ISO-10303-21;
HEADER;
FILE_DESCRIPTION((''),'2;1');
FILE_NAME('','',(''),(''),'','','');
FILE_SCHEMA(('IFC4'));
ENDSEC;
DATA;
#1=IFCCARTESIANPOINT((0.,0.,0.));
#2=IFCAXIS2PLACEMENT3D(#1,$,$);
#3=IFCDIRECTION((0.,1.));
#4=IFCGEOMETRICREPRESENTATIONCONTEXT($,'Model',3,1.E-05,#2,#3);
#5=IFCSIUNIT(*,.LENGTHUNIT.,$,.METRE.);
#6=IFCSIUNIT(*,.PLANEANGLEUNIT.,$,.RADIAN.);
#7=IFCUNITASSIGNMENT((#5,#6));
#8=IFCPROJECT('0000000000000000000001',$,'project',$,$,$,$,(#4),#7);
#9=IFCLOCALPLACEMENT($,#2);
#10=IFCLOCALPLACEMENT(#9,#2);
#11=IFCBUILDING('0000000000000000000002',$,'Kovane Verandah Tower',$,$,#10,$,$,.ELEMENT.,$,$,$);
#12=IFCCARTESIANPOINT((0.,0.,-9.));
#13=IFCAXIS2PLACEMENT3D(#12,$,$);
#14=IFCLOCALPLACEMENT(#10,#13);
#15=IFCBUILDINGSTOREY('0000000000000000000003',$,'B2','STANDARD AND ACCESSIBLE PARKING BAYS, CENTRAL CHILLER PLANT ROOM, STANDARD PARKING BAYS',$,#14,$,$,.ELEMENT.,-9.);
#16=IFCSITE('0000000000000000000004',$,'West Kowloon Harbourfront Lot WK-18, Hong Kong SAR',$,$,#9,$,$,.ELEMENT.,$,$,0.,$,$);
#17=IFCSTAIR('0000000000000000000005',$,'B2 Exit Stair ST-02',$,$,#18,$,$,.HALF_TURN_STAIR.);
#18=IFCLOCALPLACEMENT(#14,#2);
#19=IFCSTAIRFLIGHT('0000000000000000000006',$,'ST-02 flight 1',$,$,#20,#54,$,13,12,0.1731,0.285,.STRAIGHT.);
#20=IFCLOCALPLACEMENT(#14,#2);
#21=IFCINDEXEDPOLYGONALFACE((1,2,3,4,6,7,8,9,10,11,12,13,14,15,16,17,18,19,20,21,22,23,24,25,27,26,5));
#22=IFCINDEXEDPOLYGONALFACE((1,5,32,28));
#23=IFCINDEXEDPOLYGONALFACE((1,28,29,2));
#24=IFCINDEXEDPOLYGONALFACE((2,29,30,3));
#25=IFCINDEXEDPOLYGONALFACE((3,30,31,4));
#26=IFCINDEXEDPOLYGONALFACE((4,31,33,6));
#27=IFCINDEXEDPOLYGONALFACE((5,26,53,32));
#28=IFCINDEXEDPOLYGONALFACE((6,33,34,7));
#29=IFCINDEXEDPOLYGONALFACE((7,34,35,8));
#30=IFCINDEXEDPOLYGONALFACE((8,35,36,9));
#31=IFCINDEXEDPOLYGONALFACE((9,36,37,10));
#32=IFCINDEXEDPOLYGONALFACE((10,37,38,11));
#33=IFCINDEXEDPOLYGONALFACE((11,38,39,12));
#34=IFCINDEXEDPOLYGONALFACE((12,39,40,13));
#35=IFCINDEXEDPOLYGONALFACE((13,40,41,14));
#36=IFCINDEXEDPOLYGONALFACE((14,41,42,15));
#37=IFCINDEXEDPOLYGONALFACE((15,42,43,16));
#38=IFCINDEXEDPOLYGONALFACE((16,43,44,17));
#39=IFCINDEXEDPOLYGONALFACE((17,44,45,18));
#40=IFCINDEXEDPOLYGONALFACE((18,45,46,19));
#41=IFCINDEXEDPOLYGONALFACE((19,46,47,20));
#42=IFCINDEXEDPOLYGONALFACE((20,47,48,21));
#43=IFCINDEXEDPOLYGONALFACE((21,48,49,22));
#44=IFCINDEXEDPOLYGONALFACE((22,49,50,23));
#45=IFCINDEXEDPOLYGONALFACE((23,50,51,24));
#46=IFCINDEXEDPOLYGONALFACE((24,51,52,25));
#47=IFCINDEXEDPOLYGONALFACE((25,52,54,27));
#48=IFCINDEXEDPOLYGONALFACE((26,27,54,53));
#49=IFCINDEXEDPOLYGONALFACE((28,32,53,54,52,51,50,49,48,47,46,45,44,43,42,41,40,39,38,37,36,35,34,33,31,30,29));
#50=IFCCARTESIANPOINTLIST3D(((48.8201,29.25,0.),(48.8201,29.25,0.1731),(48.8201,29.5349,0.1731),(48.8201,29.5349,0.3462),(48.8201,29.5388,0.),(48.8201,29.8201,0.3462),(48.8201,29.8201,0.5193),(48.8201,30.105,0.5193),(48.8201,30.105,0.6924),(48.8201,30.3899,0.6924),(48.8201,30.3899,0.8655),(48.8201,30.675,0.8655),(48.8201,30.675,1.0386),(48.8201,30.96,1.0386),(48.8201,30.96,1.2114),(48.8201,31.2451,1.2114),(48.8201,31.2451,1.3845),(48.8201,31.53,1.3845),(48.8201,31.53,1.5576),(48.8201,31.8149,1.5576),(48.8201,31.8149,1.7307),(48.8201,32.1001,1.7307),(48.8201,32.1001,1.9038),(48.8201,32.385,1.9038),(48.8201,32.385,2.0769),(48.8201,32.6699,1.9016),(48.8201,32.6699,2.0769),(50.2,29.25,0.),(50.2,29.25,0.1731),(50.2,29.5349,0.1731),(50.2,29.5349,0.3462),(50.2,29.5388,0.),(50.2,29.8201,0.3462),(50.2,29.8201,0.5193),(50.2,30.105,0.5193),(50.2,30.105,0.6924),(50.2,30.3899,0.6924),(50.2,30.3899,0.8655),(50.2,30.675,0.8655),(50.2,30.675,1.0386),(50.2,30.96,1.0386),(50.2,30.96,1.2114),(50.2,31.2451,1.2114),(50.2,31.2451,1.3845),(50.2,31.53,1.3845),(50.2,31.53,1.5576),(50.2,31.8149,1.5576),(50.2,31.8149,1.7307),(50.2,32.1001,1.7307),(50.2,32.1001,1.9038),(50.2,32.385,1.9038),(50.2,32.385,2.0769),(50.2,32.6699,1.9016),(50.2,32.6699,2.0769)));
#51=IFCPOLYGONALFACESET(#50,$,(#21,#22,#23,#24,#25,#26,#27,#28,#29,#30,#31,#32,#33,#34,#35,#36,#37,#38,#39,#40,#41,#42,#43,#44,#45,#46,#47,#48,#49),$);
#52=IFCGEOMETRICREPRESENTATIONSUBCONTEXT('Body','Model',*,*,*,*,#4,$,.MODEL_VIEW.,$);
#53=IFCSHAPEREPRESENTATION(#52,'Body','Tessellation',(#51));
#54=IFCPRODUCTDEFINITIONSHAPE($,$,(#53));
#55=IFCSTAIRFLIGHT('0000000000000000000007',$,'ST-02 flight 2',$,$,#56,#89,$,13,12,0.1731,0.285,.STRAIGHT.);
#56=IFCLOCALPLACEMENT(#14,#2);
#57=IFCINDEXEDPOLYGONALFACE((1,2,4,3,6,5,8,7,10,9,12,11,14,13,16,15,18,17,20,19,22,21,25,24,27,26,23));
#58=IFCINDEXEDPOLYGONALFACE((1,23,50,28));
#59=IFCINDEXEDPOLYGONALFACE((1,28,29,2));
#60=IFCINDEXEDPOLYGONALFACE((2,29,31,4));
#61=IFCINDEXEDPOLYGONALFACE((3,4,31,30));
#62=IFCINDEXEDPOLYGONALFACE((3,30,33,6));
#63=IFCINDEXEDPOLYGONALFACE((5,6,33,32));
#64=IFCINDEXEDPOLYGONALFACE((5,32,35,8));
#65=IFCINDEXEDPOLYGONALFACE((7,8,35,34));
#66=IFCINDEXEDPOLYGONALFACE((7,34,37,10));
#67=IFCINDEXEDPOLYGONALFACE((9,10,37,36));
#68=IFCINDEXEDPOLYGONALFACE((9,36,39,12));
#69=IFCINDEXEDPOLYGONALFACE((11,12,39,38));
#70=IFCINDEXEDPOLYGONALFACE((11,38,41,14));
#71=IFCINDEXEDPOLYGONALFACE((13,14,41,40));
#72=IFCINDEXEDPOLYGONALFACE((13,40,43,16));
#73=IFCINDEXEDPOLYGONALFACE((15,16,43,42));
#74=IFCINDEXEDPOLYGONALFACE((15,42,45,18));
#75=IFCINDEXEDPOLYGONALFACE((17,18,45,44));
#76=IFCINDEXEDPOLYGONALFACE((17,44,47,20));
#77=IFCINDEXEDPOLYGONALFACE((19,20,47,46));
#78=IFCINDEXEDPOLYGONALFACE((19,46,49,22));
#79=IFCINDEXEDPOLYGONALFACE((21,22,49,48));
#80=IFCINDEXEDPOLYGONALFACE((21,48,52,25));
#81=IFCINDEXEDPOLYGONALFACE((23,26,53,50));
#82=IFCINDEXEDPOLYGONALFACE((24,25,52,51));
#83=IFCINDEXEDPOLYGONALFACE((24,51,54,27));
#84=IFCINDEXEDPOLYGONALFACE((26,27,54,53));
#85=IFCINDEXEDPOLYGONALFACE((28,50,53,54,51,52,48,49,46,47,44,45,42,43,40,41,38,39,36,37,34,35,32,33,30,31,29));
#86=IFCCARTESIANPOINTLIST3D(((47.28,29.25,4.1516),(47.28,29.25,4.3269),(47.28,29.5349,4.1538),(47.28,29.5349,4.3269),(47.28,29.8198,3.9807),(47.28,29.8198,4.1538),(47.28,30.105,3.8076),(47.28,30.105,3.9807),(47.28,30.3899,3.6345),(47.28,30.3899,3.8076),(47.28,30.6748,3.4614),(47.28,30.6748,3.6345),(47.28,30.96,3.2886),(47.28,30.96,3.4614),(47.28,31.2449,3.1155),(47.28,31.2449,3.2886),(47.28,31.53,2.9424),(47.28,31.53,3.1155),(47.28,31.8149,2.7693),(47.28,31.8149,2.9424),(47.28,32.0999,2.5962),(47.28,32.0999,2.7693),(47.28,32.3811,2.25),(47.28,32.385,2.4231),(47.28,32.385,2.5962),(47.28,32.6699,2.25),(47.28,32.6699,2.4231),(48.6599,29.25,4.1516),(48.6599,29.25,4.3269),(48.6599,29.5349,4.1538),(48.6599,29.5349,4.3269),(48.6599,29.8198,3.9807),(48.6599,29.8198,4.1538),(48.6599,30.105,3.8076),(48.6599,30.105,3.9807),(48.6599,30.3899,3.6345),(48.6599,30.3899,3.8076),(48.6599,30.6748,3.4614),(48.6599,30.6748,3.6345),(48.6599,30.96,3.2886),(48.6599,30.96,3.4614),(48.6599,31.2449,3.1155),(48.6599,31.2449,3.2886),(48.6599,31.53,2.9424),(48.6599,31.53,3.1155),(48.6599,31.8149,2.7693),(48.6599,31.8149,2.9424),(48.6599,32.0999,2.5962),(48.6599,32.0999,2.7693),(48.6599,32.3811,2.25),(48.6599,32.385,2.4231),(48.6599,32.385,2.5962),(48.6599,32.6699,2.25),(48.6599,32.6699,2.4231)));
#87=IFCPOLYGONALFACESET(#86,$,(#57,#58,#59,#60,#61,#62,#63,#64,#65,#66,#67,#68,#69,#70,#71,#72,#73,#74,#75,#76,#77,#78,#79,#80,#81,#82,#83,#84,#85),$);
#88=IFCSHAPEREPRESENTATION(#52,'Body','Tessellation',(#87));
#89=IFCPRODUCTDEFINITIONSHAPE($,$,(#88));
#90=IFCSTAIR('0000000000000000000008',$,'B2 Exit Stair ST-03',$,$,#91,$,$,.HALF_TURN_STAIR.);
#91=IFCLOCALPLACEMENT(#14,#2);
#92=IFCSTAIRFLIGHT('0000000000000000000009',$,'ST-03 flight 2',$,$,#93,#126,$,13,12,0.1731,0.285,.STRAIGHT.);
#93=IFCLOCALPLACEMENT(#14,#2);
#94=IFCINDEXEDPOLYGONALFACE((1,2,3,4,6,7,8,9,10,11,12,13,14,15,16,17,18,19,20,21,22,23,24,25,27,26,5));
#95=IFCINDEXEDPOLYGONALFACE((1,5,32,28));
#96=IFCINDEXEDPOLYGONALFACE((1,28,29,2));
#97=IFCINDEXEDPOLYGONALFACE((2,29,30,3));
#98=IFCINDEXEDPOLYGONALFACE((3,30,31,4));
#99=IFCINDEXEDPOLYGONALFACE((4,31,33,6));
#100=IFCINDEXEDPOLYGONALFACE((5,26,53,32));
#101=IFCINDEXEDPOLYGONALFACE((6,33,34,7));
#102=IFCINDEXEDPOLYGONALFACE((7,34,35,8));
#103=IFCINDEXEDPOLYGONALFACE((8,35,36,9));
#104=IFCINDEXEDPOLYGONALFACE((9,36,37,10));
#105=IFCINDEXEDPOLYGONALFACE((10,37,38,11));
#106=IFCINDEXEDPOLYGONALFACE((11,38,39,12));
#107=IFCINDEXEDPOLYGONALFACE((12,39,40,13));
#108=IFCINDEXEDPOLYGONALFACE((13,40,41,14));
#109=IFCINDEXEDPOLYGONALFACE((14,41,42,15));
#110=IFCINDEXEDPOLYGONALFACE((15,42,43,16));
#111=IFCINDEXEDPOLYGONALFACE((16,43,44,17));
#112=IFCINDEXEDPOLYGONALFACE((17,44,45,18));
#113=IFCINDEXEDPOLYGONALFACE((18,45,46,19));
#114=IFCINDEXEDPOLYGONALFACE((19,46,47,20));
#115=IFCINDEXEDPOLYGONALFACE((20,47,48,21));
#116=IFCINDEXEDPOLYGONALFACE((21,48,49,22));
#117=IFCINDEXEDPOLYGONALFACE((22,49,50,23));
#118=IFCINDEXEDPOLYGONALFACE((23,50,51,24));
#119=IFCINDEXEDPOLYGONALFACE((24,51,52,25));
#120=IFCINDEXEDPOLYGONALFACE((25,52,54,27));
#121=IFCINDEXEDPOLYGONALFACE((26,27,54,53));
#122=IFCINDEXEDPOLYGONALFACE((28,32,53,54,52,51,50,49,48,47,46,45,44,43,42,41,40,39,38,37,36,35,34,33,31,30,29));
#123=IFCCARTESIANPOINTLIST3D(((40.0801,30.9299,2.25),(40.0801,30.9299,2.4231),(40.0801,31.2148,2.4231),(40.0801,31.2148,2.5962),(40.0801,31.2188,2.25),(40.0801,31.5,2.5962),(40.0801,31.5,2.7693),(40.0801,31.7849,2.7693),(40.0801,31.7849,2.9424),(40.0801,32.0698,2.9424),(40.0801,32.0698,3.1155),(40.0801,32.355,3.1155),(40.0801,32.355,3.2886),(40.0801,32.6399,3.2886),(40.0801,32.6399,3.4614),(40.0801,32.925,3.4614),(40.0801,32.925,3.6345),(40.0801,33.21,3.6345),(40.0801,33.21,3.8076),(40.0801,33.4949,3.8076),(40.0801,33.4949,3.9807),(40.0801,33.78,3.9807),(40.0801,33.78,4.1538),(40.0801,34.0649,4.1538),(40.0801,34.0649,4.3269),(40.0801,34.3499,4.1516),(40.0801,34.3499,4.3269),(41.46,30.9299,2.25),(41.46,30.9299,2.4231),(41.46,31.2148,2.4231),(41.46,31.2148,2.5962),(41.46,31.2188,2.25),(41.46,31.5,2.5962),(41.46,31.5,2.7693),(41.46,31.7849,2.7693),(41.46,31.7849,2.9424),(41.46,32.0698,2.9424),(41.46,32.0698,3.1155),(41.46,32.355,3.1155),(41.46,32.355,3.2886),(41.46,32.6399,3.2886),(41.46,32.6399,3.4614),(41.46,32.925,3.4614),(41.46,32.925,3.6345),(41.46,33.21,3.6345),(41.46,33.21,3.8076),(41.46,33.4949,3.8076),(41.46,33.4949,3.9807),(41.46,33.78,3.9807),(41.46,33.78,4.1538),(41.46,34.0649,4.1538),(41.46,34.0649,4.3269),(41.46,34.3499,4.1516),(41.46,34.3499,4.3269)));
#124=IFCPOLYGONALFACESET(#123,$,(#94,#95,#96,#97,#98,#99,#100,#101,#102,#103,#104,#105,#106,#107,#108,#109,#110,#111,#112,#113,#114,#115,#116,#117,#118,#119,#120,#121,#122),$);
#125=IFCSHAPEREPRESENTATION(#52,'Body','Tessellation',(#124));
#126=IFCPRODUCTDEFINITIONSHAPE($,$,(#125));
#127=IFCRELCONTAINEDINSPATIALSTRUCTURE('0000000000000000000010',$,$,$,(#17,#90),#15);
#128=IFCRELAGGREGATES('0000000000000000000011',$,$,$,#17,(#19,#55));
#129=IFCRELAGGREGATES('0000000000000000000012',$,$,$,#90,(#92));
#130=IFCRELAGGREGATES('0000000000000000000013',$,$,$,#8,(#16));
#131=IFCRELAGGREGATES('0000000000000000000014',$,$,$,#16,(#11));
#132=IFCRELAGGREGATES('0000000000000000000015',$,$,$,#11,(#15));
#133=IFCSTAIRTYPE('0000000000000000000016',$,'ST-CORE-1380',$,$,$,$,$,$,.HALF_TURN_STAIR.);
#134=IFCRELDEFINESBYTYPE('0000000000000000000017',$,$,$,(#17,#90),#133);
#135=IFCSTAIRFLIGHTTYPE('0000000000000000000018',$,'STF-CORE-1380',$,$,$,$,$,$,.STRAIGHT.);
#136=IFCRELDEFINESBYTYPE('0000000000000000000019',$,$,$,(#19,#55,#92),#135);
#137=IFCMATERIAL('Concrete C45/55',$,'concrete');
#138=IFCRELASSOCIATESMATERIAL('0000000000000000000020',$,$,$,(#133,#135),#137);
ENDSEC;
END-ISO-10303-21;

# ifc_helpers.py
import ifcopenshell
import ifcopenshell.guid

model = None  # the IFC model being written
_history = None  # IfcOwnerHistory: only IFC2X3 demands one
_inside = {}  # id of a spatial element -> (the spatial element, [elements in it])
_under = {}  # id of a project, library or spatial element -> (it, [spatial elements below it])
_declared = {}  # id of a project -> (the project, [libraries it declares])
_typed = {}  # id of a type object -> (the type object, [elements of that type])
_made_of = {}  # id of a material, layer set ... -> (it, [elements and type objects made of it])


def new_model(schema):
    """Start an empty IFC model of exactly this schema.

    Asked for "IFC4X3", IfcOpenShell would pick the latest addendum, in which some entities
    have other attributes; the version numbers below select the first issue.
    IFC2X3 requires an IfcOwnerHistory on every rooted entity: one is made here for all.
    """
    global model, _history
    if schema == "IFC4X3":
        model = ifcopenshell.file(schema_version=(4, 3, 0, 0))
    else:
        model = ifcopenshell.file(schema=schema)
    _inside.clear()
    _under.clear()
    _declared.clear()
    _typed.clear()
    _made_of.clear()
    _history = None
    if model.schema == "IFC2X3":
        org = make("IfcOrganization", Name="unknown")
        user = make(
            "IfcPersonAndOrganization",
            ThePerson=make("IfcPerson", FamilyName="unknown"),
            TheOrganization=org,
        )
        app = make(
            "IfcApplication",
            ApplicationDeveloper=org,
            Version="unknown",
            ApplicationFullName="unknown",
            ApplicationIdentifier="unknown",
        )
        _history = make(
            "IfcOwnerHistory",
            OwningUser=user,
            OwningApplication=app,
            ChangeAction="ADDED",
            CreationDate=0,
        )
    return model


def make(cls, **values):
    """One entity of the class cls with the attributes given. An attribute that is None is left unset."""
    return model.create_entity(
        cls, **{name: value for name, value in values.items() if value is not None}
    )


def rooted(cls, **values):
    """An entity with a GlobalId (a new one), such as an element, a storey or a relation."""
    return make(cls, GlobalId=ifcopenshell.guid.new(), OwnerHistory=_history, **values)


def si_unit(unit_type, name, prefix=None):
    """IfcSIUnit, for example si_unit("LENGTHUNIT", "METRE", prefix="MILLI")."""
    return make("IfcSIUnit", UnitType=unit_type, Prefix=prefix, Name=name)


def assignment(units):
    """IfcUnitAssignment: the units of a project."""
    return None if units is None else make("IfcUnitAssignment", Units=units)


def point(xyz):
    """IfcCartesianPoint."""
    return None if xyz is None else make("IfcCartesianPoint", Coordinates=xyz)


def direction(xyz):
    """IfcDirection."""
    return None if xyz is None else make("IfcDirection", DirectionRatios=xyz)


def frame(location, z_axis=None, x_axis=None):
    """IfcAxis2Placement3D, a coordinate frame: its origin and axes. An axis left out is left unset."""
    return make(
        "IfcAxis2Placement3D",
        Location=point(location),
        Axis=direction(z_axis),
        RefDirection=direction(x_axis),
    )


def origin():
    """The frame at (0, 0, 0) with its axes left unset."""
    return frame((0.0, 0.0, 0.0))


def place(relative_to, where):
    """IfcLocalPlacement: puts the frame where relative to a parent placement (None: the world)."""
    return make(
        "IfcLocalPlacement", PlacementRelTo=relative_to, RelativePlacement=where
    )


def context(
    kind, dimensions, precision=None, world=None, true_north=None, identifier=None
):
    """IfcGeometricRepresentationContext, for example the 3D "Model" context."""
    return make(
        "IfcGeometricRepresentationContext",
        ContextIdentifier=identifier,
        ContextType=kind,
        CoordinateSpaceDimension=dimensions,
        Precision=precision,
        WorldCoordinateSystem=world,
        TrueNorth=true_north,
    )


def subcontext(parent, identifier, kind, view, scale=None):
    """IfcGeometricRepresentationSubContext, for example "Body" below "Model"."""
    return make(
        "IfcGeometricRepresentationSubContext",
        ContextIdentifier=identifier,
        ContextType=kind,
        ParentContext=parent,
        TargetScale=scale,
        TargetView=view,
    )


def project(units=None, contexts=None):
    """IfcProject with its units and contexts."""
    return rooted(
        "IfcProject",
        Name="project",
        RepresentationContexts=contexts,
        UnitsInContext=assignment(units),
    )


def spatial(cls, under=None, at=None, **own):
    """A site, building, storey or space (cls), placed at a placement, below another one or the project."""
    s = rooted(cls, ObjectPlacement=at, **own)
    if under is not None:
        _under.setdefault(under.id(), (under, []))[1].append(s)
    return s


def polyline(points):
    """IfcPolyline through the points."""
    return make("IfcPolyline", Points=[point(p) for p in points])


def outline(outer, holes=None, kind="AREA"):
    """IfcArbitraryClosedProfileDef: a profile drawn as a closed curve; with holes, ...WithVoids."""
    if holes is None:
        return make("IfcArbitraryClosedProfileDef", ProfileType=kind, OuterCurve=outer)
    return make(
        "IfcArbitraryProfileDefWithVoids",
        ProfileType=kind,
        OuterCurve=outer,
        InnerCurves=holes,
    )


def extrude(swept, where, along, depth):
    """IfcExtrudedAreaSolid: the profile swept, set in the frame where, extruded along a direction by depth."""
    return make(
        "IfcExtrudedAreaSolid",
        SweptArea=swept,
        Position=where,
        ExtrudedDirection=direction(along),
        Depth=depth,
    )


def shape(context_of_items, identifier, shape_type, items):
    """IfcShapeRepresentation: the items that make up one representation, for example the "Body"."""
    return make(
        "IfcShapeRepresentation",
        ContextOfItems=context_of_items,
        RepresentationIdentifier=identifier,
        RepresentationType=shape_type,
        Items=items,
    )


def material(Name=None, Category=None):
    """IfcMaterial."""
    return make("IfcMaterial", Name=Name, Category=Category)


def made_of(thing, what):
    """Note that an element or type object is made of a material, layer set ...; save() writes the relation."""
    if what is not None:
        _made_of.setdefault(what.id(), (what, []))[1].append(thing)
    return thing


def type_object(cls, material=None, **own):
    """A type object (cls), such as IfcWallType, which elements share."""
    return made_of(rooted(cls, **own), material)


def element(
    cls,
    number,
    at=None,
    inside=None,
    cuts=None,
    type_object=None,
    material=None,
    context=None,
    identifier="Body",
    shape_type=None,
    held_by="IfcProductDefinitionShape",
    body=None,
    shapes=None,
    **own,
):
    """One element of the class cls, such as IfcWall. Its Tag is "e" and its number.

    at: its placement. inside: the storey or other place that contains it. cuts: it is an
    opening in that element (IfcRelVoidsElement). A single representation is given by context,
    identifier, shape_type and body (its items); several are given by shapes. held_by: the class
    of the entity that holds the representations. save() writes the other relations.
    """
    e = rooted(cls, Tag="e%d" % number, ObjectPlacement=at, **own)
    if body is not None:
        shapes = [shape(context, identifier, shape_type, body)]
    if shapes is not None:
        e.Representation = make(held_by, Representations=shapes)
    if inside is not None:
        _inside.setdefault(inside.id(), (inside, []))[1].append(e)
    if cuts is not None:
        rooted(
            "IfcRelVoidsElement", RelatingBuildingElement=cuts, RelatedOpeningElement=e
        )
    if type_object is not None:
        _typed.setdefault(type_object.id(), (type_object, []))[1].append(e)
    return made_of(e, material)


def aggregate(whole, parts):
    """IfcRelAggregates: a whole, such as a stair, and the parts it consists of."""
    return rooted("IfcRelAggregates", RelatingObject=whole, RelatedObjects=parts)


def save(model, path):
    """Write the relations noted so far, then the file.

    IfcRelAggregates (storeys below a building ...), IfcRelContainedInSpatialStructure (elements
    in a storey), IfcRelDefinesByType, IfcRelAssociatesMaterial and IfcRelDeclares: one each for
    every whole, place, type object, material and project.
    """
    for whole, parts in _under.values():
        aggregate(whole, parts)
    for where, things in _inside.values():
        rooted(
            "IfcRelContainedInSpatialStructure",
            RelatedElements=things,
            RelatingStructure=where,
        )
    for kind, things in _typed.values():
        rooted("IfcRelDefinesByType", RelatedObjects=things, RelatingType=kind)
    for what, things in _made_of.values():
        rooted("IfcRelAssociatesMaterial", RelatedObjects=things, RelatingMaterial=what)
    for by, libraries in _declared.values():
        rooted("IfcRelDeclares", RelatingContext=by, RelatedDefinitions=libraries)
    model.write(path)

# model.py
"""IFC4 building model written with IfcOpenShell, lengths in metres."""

from ifc_helpers import new_model, si_unit, direction, frame, origin, place, context, subcontext, project, spatial, polyline, outline, extrude, material, type_object, element, aggregate, save


model = new_model("IFC4")

# Units and contexts
model_context = context("Model", 3, precision=1e-05, world=origin(), true_north=direction((0.0, 1.0)))
body_context = subcontext(model_context, "Body", "Model", "MODEL_VIEW")
ifc_project = project(units=[si_unit("LENGTHUNIT", "METRE"), si_unit("PLANEANGLEUNIT", "RADIAN")], contexts=[model_context])

# Site, building, storey
site_placement = place(None, origin())
site = spatial("IfcSite", under=ifc_project, at=site_placement, Name="West Kowloon Harbourfront Lot WK-18, Hong Kong SAR", CompositionType="ELEMENT", RefElevation=0.0)
building_placement = place(site_placement, origin())
building = spatial("IfcBuilding", under=site, at=building_placement, Name="Kovane Verandah Tower", CompositionType="ELEMENT")
storey_placement = place(building_placement, frame((0.0, 0.0, -9.0)))
storey = spatial("IfcBuildingStorey", under=building, at=storey_placement, Name="B2", Description="STANDARD AND ACCESSIBLE PARKING BAYS, CENTRAL CHILLER PLANT ROOM, STANDARD PARKING BAYS", CompositionType="ELEMENT", Elevation=-9.0)

# Shared definitions
ifc_material_1 = material(Name="Concrete C45/55", Category="concrete")

# Stair, stair flights
stair_type = type_object("IfcStairType", Name="ST-CORE-1380", PredefinedType="HALF_TURN_STAIR", material=ifc_material_1)
stair_1_placement = place(storey_placement, origin())
stair_1 = element("IfcStair", 1, at=stair_1_placement, inside=storey, type_object=stair_type, Name="B2 Exit Stair ST-02", PredefinedType="HALF_TURN_STAIR")
stair_flight_type = type_object("IfcStairFlightType", Name="STF-CORE-1380", PredefinedType="STRAIGHT", material=ifc_material_1)
stair_flight_1_placement = place(storey_placement, frame((49.51, 29.25, 0.0), z_axis=(0.0, 0.0, 1.0), x_axis=(0.0, 1.0, 0.0)))
stair_flight_1 = element("IfcStairFlight", 2, at=stair_flight_1_placement, type_object=stair_flight_type, Name="ST-02 flight 1", NumberOfRisers=13, NumberOfTreads=12, PredefinedType="STRAIGHT", RiserHeight=0.1731, TreadLength=0.285, context=body_context, shape_type="SweptSolid", body=[
    extrude(outline(polyline([(0.0, 0.0), (0.0, 0.1731), (0.2849, 0.1731), (0.2849, 0.3462), (0.5701, 0.3462), (0.5701, 0.5193), (0.855, 0.5193), (0.855, 0.6924), (1.1399, 0.6924), (1.1399, 0.8655), (1.425, 0.8655), (1.425, 1.0386), (1.71, 1.0386), (1.71, 1.2114), (1.9951, 1.2114), (1.9951, 1.3845), (2.28, 1.3845), (2.28, 1.5576), (2.5649, 1.5576), (2.5649, 1.7307), (2.8501, 1.7307), (2.8501, 1.9038), (3.135, 1.9038), (3.135, 2.0769), (3.4199, 2.0769), (3.4199, 2.25), (3.4199, 1.9016), (0.2888, 0.0), (0.0, 0.0)])), frame((0.0, 0.6899, 0.0), z_axis=(0.0, -1.0, 0.0), x_axis=(1.0, 0.0, 0.0)), (0.0, 0.0, 1.0), 1.3799),
])
stair_flight_2_placement = place(storey_placement, frame((47.97, 32.6699, 2.25), z_axis=(0.0, 0.0, 1.0), x_axis=(0.0, -1.0, 0.0)))
stair_flight_2 = element("IfcStairFlight", 3, at=stair_flight_2_placement, type_object=stair_flight_type, Name="ST-02 flight 2", NumberOfRisers=13, NumberOfTreads=12, PredefinedType="STRAIGHT", RiserHeight=0.1731, TreadLength=0.285, context=body_context, shape_type="SweptSolid", body=[
    extrude(outline(polyline([(0.0, 0.0), (0.0, 0.1731), (0.2849, 0.1731), (0.2849, 0.3462), (0.5701, 0.3462), (0.5701, 0.5193), (0.855, 0.5193), (0.855, 0.6924), (1.1399, 0.6924), (1.1399, 0.8655), (1.425, 0.8655), (1.425, 1.0386), (1.71, 1.0386), (1.71, 1.2114), (1.9951, 1.2114), (1.9951, 1.3845), (2.28, 1.3845), (2.28, 1.5576), (2.5649, 1.5576), (2.5649, 1.7307), (2.8501, 1.7307), (2.8501, 1.9038), (3.135, 1.9038), (3.135, 2.0769), (3.4199, 2.0769), (3.4199, 2.25), (3.4199, 1.9016), (0.2888, 0.0), (0.0, 0.0)])), frame((0.0, 0.6899, 0.0), z_axis=(0.0, -1.0, 0.0), x_axis=(1.0, 0.0, 0.0)), (0.0, 0.0, 1.0), 1.3799),
])
aggregate(stair_1, [stair_flight_1, stair_flight_2])

# Stair, stair flight
stair_2_placement = place(storey_placement, origin())
stair_2 = element("IfcStair", 4, at=stair_2_placement, inside=storey, type_object=stair_type, Name="B2 Exit Stair ST-03", PredefinedType="HALF_TURN_STAIR")
stair_flight_3_placement = place(storey_placement, frame((40.77, 30.9299, 2.25), z_axis=(0.0, 0.0, 1.0), x_axis=(0.0, 1.0, 0.0)))
stair_flight_3 = element("IfcStairFlight", 5, at=stair_flight_3_placement, type_object=stair_flight_type, Name="ST-03 flight 2", NumberOfRisers=13, NumberOfTreads=12, PredefinedType="STRAIGHT", RiserHeight=0.1731, TreadLength=0.285, context=body_context, shape_type="SweptSolid", body=[
    extrude(outline(polyline([(0.0, 0.0), (0.0, 0.1731), (0.2849, 0.1731), (0.2849, 0.3462), (0.5701, 0.3462), (0.5701, 0.5193), (0.855, 0.5193), (0.855, 0.6924), (1.1399, 0.6924), (1.1399, 0.8655), (1.425, 0.8655), (1.425, 1.0386), (1.71, 1.0386), (1.71, 1.2114), (1.9951, 1.2114), (1.9951, 1.3845), (2.28, 1.3845), (2.28, 1.5576), (2.5649, 1.5576), (2.5649, 1.7307), (2.8501, 1.7307), (2.8501, 1.9038), (3.135, 1.9038), (3.135, 2.0769), (3.4199, 2.0769), (3.4199, 2.25), (3.4199, 1.9016), (0.2888, 0.0), (0.0, 0.0)])), frame((0.0, 0.6899, 0.0), z_axis=(0.0, -1.0, 0.0), x_axis=(1.0, 0.0, 0.0)), (0.0, 0.0, 1.0), 1.3799),
])
aggregate(stair_2, [stair_flight_3])

save(model, "model.ifc")
